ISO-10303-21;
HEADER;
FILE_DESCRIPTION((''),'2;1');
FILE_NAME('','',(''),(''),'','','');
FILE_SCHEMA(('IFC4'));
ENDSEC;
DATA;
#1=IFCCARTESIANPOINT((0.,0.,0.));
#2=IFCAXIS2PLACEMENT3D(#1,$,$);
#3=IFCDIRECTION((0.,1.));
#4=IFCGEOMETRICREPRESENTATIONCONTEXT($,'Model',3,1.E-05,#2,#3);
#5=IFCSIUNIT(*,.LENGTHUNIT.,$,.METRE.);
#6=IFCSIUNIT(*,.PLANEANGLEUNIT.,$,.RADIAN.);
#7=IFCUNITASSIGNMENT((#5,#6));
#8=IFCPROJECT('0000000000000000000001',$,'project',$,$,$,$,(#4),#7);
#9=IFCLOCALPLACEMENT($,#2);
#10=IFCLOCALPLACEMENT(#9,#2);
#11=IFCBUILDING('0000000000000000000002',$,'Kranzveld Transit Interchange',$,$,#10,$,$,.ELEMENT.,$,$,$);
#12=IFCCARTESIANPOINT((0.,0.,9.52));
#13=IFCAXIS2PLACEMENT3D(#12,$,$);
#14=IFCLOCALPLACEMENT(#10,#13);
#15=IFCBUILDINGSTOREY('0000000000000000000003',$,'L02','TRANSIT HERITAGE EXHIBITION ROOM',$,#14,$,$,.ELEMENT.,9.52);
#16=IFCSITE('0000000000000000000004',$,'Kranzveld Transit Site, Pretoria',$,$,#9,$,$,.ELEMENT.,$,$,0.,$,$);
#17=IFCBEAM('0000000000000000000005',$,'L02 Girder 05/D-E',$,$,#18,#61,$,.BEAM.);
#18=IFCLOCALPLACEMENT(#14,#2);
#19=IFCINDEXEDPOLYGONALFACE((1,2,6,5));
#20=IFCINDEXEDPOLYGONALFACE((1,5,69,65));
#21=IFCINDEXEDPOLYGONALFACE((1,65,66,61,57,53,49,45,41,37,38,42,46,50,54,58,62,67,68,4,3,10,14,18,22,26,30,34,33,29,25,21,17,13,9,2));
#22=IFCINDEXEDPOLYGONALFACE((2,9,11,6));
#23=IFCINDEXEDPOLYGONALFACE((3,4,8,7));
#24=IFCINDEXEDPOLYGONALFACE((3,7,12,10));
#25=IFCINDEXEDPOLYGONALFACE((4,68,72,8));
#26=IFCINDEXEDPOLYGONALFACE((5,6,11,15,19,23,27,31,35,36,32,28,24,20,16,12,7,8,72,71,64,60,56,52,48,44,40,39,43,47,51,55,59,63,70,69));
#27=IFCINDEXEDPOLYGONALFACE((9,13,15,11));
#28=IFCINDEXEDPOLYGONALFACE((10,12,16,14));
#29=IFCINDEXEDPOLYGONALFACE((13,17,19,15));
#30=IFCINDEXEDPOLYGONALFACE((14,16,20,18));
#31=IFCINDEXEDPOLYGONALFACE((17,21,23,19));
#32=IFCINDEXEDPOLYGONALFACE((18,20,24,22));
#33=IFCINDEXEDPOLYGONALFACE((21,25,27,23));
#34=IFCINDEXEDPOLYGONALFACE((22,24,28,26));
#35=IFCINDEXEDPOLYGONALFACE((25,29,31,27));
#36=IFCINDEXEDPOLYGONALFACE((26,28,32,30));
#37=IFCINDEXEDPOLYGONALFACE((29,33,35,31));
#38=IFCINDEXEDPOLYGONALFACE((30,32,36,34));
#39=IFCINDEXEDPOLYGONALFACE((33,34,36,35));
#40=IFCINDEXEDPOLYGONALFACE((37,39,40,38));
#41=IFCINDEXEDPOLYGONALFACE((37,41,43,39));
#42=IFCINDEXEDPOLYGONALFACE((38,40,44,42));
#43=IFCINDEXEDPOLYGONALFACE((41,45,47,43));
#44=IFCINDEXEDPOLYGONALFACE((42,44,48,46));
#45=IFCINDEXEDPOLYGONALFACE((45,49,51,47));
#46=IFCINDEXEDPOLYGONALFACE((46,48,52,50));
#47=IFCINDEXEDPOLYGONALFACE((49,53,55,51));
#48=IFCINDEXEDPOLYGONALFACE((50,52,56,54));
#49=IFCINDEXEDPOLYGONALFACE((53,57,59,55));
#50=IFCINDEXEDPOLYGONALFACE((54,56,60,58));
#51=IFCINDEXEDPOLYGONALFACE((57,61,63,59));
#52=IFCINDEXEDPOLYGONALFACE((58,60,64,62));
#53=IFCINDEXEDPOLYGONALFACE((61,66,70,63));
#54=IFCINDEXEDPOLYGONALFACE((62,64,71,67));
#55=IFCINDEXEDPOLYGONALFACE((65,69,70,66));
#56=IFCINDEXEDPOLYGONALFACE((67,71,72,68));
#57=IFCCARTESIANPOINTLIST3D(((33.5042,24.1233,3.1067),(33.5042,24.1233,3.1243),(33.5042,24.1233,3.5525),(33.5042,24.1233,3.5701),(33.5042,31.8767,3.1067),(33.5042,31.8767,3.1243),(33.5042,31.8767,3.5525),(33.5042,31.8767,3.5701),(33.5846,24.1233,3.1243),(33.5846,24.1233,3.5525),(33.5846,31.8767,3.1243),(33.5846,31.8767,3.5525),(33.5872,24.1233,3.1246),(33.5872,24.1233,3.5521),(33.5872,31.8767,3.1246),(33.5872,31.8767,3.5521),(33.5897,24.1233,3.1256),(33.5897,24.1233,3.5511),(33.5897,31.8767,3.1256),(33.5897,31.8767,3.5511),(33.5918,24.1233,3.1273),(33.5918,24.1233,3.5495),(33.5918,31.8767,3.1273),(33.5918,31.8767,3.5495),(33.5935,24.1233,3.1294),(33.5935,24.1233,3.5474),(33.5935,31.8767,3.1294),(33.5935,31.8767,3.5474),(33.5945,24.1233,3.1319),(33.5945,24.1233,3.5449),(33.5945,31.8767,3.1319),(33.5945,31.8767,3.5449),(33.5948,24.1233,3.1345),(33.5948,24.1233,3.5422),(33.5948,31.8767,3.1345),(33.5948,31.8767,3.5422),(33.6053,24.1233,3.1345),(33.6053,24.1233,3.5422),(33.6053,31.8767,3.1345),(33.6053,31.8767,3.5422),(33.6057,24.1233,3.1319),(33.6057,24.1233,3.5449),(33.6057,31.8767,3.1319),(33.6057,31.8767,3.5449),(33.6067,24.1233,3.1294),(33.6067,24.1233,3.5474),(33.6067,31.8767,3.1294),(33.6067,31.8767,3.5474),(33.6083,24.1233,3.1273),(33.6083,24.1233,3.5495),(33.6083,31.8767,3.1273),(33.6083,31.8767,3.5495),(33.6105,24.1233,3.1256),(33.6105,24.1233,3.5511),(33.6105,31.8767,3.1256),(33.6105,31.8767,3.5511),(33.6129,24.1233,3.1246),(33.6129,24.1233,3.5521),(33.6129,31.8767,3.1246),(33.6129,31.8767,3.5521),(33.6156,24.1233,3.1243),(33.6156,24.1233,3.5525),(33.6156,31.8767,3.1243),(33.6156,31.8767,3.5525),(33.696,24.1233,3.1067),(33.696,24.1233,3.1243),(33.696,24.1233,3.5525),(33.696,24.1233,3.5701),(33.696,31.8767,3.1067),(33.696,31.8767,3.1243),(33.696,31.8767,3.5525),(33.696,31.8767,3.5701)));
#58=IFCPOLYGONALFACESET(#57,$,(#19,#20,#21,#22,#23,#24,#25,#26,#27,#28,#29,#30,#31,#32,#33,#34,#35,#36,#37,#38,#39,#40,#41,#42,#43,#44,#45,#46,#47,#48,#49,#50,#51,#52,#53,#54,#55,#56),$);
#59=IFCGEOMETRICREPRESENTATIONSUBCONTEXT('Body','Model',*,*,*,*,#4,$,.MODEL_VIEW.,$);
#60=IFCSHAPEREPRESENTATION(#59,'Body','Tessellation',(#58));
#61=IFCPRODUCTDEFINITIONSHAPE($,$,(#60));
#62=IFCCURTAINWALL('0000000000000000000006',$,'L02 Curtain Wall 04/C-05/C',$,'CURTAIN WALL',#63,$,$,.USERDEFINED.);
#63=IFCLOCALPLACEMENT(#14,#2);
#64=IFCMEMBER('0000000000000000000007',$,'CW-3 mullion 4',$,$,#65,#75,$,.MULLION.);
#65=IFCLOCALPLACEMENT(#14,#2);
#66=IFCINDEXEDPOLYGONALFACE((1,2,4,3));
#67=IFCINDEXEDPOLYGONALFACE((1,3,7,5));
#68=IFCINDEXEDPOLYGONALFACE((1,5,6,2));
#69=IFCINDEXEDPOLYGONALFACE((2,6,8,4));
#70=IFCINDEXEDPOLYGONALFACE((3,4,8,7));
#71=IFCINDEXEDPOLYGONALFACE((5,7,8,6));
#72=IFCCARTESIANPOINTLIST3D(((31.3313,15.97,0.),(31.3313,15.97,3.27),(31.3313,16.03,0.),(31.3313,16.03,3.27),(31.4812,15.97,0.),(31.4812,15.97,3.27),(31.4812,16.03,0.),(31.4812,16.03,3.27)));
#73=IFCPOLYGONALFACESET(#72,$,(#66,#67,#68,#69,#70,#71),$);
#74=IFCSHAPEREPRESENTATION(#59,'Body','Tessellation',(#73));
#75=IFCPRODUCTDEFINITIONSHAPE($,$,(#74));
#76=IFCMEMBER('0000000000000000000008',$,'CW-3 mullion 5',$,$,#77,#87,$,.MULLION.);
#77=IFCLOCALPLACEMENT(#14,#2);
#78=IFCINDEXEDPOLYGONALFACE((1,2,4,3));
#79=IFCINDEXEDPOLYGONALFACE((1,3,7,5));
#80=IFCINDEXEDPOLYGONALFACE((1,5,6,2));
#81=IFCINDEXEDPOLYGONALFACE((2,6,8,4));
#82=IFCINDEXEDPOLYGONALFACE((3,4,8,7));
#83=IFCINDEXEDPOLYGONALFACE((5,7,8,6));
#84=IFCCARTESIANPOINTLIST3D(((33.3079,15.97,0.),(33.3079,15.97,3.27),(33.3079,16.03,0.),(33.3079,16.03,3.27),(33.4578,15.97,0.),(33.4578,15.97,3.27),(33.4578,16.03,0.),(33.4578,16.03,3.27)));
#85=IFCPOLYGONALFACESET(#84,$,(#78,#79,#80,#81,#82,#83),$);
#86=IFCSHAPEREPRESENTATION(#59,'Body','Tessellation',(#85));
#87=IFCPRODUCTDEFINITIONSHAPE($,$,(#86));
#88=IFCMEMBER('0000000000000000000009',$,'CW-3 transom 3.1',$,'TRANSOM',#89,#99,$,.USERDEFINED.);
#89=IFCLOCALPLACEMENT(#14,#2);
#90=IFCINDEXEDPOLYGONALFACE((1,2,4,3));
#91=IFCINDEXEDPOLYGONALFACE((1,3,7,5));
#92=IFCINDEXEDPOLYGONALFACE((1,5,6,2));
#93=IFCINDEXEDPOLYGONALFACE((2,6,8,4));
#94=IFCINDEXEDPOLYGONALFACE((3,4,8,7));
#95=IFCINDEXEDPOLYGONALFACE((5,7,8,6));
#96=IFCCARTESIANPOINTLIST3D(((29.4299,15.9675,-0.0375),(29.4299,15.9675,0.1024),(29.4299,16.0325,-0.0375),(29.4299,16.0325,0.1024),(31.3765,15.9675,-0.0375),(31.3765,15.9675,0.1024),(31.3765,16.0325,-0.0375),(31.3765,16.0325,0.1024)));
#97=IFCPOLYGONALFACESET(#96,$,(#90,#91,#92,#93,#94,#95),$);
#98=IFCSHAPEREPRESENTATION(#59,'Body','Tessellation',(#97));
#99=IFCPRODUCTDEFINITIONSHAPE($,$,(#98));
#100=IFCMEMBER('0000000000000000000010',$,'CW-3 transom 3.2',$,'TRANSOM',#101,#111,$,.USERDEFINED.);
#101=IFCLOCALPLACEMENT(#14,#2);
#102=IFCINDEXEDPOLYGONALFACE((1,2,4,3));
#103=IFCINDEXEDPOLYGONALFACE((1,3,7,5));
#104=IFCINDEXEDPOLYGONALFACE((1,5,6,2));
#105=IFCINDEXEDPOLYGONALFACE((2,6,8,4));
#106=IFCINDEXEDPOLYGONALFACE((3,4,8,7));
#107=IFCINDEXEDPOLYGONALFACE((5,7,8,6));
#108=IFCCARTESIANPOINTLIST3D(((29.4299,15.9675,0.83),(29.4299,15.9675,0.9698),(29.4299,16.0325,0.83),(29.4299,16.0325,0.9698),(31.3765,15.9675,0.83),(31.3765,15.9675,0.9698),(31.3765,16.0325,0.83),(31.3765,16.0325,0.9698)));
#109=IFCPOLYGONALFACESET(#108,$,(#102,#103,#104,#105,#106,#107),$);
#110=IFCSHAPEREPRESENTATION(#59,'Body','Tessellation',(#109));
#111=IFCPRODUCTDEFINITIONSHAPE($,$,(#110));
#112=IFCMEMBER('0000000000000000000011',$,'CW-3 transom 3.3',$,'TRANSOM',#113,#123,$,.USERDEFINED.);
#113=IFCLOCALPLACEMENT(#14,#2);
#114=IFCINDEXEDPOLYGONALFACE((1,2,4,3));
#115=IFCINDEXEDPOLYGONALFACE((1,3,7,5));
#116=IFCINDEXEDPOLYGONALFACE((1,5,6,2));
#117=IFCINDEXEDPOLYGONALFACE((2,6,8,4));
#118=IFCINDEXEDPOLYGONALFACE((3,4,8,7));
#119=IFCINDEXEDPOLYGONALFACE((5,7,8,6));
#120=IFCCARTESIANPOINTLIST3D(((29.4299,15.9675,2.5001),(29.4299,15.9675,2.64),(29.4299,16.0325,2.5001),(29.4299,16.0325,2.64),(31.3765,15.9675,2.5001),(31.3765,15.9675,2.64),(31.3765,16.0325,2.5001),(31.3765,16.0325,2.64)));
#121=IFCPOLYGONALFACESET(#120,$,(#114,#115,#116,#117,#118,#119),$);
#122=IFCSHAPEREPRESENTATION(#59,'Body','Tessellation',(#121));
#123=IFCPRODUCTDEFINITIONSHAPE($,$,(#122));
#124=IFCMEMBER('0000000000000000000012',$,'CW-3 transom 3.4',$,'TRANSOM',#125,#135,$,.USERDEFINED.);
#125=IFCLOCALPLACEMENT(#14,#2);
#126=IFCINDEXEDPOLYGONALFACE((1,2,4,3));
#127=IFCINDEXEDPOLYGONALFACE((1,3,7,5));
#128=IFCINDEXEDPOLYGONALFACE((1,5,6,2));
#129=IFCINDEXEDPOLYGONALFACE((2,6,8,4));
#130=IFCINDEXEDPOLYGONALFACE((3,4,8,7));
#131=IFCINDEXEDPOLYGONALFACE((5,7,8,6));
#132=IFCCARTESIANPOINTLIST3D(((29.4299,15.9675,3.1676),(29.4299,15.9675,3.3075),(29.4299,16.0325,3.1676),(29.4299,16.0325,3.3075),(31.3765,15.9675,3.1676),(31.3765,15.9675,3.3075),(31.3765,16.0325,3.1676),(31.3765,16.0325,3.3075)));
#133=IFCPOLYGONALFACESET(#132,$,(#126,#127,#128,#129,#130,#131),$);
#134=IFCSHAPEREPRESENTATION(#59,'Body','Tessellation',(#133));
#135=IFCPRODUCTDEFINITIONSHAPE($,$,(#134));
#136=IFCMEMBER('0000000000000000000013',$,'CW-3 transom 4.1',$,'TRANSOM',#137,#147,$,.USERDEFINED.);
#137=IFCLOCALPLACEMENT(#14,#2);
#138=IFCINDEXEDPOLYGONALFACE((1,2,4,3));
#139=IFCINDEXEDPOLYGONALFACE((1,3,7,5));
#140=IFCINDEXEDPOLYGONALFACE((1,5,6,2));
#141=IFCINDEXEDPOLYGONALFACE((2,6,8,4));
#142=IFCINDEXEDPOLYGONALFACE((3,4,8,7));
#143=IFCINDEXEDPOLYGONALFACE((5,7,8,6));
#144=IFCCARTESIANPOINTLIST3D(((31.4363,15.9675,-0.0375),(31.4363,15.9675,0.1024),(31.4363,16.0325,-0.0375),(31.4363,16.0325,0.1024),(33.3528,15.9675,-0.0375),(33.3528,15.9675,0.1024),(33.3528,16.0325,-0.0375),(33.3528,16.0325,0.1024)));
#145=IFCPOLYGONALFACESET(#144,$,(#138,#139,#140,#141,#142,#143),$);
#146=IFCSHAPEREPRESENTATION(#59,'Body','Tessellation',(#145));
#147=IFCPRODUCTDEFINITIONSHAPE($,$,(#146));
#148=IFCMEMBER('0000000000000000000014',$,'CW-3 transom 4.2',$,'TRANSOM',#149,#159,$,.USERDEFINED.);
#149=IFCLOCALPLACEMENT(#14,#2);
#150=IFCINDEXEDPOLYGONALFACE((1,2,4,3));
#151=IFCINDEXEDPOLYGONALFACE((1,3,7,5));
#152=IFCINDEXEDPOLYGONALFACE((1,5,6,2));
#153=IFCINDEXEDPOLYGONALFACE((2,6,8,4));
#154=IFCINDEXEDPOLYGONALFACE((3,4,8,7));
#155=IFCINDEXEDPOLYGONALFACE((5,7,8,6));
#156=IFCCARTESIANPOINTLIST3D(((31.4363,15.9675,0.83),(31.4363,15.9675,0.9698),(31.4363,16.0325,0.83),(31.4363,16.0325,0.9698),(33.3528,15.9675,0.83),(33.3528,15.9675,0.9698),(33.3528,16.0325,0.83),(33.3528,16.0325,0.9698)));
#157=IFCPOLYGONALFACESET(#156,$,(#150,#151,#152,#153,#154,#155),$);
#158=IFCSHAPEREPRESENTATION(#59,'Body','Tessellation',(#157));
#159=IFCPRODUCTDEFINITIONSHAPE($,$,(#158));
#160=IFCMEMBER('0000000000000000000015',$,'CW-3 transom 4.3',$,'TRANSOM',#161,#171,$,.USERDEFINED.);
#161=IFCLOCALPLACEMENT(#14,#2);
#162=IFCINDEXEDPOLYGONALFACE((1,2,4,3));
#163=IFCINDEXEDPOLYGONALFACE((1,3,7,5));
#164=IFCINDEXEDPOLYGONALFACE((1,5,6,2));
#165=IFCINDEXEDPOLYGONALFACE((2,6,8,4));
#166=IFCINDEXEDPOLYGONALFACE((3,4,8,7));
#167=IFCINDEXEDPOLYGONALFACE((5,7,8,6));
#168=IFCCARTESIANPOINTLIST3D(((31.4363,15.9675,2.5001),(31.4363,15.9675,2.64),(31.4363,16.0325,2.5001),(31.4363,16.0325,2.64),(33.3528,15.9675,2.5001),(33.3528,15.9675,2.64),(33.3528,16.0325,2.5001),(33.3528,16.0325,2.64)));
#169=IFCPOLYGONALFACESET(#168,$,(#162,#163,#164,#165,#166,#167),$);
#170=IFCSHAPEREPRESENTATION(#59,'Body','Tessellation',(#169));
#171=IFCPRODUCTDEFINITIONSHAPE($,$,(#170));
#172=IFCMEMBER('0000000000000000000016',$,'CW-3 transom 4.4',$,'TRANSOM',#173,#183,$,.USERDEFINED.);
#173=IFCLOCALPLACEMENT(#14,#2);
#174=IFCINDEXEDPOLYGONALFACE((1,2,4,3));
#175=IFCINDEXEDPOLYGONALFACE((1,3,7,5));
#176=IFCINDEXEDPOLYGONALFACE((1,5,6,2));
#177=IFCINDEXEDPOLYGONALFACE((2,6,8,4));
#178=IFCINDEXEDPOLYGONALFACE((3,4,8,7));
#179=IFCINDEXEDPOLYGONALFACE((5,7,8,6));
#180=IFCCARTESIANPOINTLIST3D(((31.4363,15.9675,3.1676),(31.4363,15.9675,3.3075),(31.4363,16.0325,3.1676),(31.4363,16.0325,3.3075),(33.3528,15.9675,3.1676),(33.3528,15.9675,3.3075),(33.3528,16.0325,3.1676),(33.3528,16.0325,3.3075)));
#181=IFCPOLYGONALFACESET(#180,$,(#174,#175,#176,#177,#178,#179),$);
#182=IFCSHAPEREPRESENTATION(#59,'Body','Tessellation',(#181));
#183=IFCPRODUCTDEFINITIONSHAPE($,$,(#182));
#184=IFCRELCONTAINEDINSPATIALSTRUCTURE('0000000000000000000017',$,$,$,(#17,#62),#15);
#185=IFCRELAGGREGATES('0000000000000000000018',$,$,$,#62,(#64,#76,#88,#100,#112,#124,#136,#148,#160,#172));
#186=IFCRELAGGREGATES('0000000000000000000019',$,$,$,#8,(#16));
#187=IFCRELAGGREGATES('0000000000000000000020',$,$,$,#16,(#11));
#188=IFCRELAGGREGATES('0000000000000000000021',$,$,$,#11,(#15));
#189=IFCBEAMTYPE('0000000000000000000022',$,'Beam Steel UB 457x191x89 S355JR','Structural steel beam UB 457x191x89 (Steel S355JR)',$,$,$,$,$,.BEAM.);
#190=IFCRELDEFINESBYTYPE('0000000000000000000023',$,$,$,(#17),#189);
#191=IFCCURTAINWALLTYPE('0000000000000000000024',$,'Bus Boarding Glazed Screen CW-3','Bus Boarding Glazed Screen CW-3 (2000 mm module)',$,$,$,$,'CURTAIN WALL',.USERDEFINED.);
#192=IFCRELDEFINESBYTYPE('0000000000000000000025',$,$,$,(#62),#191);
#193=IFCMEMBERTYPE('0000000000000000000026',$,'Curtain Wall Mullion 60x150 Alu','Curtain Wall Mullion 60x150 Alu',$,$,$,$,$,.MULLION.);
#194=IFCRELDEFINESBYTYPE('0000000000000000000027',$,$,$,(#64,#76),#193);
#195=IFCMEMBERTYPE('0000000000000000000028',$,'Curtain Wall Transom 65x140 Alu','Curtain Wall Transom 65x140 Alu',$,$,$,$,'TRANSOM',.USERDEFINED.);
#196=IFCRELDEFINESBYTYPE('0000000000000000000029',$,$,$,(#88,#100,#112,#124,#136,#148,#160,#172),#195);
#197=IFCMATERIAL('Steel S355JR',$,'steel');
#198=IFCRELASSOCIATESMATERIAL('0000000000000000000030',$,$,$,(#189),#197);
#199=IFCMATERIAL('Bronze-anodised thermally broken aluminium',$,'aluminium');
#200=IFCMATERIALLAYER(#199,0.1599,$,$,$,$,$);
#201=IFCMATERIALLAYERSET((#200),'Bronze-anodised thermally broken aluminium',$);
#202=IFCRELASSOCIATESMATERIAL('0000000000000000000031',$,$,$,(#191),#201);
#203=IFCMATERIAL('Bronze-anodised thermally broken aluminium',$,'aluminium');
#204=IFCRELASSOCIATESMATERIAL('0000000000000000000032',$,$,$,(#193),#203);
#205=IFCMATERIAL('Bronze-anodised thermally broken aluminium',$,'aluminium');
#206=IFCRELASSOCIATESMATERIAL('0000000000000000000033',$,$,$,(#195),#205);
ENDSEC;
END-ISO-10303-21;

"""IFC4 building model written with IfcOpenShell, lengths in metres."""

from ifc_helpers import new_model, si_unit, direction, frame, origin, origin_2d, place, context, subcontext, project, spatial, rectangle, i_section, extrude, material, layer, layer_set, material_profile, profile_set, type_object, element, aggregate, save


model = new_model("IFC4")

# Units and contexts
model_context = context("Model", 3, precision=1e-05, world=origin(), true_north=direction((0.0, 1.0)))
body_context = subcontext(model_context, "Body", "Model", "MODEL_VIEW")
ifc_project = project(units=[si_unit("LENGTHUNIT", "METRE"), si_unit("PLANEANGLEUNIT", "RADIAN")], contexts=[model_context])

# Site, building, storey
site_placement = place(None, origin())
site = spatial("IfcSite", under=ifc_project, at=site_placement, Name="Kranzveld Transit Site, Pretoria", CompositionType="ELEMENT", RefElevation=0.0)
building_placement = place(site_placement, origin())
building = spatial("IfcBuilding", under=site, at=building_placement, Name="Kranzveld Transit Interchange", CompositionType="ELEMENT")
storey_placement = place(building_placement, frame((0.0, 0.0, 9.52)))
storey = spatial("IfcBuildingStorey", under=building, at=storey_placement, Name="L02", Description="TRANSIT HERITAGE EXHIBITION ROOM", CompositionType="ELEMENT", Elevation=9.52)

# Beam
ifc_material_1 = material(Name="Steel S355JR", Category="steel")
ifc_material_profile_1 = material_profile(ifc_material_1, i_section(OverallWidth=0.1919, OverallDepth=0.4634, WebThickness=0.0105, FlangeThickness=0.0176, FilletRadius=0.0103, at=origin_2d()), Name="UB 457x191x89")
ifc_profile_set_1 = profile_set([ifc_material_profile_1], Name="Steel S355JR")
beam_type_1 = type_object("IfcBeamType", Name="Beam Steel UB 457x191x89 S355JR", Description="Structural steel beam UB 457x191x89 (Steel S355JR)", PredefinedType="BEAM", material=ifc_profile_set_1)
beam_1_placement = place(storey_placement, frame((33.6001, 24.1233, 3.3384), z_axis=(0.0, 1.0, 0.0), x_axis=(-1.0, 0.0, 0.0)))
element("IfcBeam", 1, at=beam_1_placement, inside=storey, type_object=beam_type_1, Name="L02 Girder 05/D-E", PredefinedType="BEAM", context=body_context, shape_type="SweptSolid", body=[
    extrude(i_section(OverallWidth=0.1919, OverallDepth=0.4634, WebThickness=0.0105, FlangeThickness=0.0176, FilletRadius=0.0103, at=origin_2d()), origin(), (0.0, 0.0, 1.0), 7.7534),
])

# Curtain wall, members
ifc_material_2 = material(Name="Bronze-anodised thermally broken aluminium", Category="aluminium")
ifc_layer_1 = layer(ifc_material_2, 0.1599)
ifc_layer_set_1 = layer_set([ifc_layer_1], Name="Bronze-anodised thermally broken aluminium")
curtain_wall_type = type_object("IfcCurtainWallType", Name="Bus Boarding Glazed Screen CW-3", Description="Bus Boarding Glazed Screen CW-3 (2000 mm module)", ElementType="CURTAIN WALL", PredefinedType="USERDEFINED", material=ifc_layer_set_1)
curtain_wall_placement = place(storey_placement, origin())
curtain_wall = element("IfcCurtainWall", 2, at=curtain_wall_placement, inside=storey, type_object=curtain_wall_type, Name="L02 Curtain Wall 04/C-05/C", ObjectType="CURTAIN WALL", PredefinedType="USERDEFINED")
ifc_material_3 = material(Name="Bronze-anodised thermally broken aluminium", Category="aluminium")
ifc_material_profile_2 = material_profile(ifc_material_3, rectangle(XDim=0.0601, YDim=0.1499, at=origin_2d()), Name="ALU MULLION 60x150")
ifc_profile_set_2 = profile_set([ifc_material_profile_2], Name="Bronze-anodised thermally broken aluminium")
member_type_1 = type_object("IfcMemberType", Name="Curtain Wall Mullion 60x150 Alu", Description="Curtain Wall Mullion 60x150 Alu", PredefinedType="MULLION", material=ifc_profile_set_2)
member_1_placement = place(storey_placement, frame((31.4062, 16.0, 0.0), z_axis=(0.0, 0.0, 1.0), x_axis=(0.0, 1.0, 0.0)))
member_1 = element("IfcMember", 3, at=member_1_placement, type_object=member_type_1, Name="CW-3 mullion 4", PredefinedType="MULLION", context=body_context, shape_type="SweptSolid", body=[
    extrude(rectangle(XDim=0.0601, YDim=0.1499, at=origin_2d()), origin(), (0.0, 0.0, 1.0), 3.27),
])
member_2_placement = place(storey_placement, frame((33.3828, 16.0, 0.0), z_axis=(0.0, 0.0, 1.0), x_axis=(0.0, 1.0, 0.0)))
member_2 = element("IfcMember", 4, at=member_2_placement, type_object=member_type_1, Name="CW-3 mullion 5", PredefinedType="MULLION", context=body_context, shape_type="SweptSolid", body=[
    extrude(rectangle(XDim=0.0601, YDim=0.1499, at=origin_2d()), origin(), (0.0, 0.0, 1.0), 3.27),
])
ifc_material_4 = material(Name="Bronze-anodised thermally broken aluminium", Category="aluminium")
ifc_material_profile_3 = material_profile(ifc_material_4, rectangle(XDim=0.0649, YDim=0.1399, at=origin_2d()), Name="ALU TRANSOM 65x140")
ifc_profile_set_3 = profile_set([ifc_material_profile_3], Name="Bronze-anodised thermally broken aluminium")
member_type_2 = type_object("IfcMemberType", Name="Curtain Wall Transom 65x140 Alu", Description="Curtain Wall Transom 65x140 Alu", ElementType="TRANSOM", PredefinedType="USERDEFINED", material=ifc_profile_set_3)
member_3_placement = place(storey_placement, frame((29.4299, 16.0, 0.0325), z_axis=(1.0, 0.0, 0.0), x_axis=(0.0, 1.0, 0.0)))
member_3 = element("IfcMember", 5, at=member_3_placement, type_object=member_type_2, Name="CW-3 transom 3.1", ObjectType="TRANSOM", PredefinedType="USERDEFINED", context=body_context, shape_type="SweptSolid", body=[
    extrude(rectangle(XDim=0.0649, YDim=0.1399, at=origin_2d()), origin(), (0.0, 0.0, 1.0), 1.9465),
])
member_4_placement = place(storey_placement, frame((29.4299, 16.0, 0.8999), z_axis=(1.0, 0.0, 0.0), x_axis=(0.0, 1.0, 0.0)))
member_4 = element("IfcMember", 6, at=member_4_placement, type_object=member_type_2, Name="CW-3 transom 3.2", ObjectType="TRANSOM", PredefinedType="USERDEFINED", context=body_context, shape_type="SweptSolid", body=[
    extrude(rectangle(XDim=0.0649, YDim=0.1399, at=origin_2d()), origin(), (0.0, 0.0, 1.0), 1.9465),
])
member_5_placement = place(storey_placement, frame((29.4299, 16.0, 2.5701), z_axis=(1.0, 0.0, 0.0), x_axis=(0.0, 1.0, 0.0)))
member_5 = element("IfcMember", 7, at=member_5_placement, type_object=member_type_2, Name="CW-3 transom 3.3", ObjectType="TRANSOM", PredefinedType="USERDEFINED", context=body_context, shape_type="SweptSolid", body=[
    extrude(rectangle(XDim=0.0649, YDim=0.1399, at=origin_2d()), origin(), (0.0, 0.0, 1.0), 1.9465),
])
member_6_placement = place(storey_placement, frame((29.4299, 16.0, 3.2375), z_axis=(1.0, 0.0, 0.0), x_axis=(0.0, 1.0, 0.0)))
member_6 = element("IfcMember", 8, at=member_6_placement, type_object=member_type_2, Name="CW-3 transom 3.4", ObjectType="TRANSOM", PredefinedType="USERDEFINED", context=body_context, shape_type="SweptSolid", body=[
    extrude(rectangle(XDim=0.0649, YDim=0.1399, at=origin_2d()), origin(), (0.0, 0.0, 1.0), 1.9465),
])
member_7_placement = place(storey_placement, frame((31.4363, 16.0, 0.0325), z_axis=(1.0, 0.0, 0.0), x_axis=(0.0, 1.0, 0.0)))
member_7 = element("IfcMember", 9, at=member_7_placement, type_object=member_type_2, Name="CW-3 transom 4.1", ObjectType="TRANSOM", PredefinedType="USERDEFINED", context=body_context, shape_type="SweptSolid", body=[
    extrude(rectangle(XDim=0.0649, YDim=0.1399, at=origin_2d()), origin(), (0.0, 0.0, 1.0), 1.9165),
])
member_8_placement = place(storey_placement, frame((31.4363, 16.0, 0.8999), z_axis=(1.0, 0.0, 0.0), x_axis=(0.0, 1.0, 0.0)))
member_8 = element("IfcMember", 10, at=member_8_placement, type_object=member_type_2, Name="CW-3 transom 4.2", ObjectType="TRANSOM", PredefinedType="USERDEFINED", context=body_context, shape_type="SweptSolid", body=[
    extrude(rectangle(XDim=0.0649, YDim=0.1399, at=origin_2d()), origin(), (0.0, 0.0, 1.0), 1.9165),
])
member_9_placement = place(storey_placement, frame((31.4363, 16.0, 2.5701), z_axis=(1.0, 0.0, 0.0), x_axis=(0.0, 1.0, 0.0)))
member_9 = element("IfcMember", 11, at=member_9_placement, type_object=member_type_2, Name="CW-3 transom 4.3", ObjectType="TRANSOM", PredefinedType="USERDEFINED", context=body_context, shape_type="SweptSolid", body=[
    extrude(rectangle(XDim=0.0649, YDim=0.1399, at=origin_2d()), origin(), (0.0, 0.0, 1.0), 1.9165),
])
member_10_placement = place(storey_placement, frame((31.4363, 16.0, 3.2375), z_axis=(1.0, 0.0, 0.0), x_axis=(0.0, 1.0, 0.0)))
member_10 = element("IfcMember", 12, at=member_10_placement, type_object=member_type_2, Name="CW-3 transom 4.4", ObjectType="TRANSOM", PredefinedType="USERDEFINED", context=body_context, shape_type="SweptSolid", body=[
    extrude(rectangle(XDim=0.0649, YDim=0.1399, at=origin_2d()), origin(), (0.0, 0.0, 1.0), 1.9165),
])

aggregate(curtain_wall, [member_1, member_2, member_3, member_4, member_5, member_6, member_7, member_8, member_9, member_10])

save(model, "model.ifc")
